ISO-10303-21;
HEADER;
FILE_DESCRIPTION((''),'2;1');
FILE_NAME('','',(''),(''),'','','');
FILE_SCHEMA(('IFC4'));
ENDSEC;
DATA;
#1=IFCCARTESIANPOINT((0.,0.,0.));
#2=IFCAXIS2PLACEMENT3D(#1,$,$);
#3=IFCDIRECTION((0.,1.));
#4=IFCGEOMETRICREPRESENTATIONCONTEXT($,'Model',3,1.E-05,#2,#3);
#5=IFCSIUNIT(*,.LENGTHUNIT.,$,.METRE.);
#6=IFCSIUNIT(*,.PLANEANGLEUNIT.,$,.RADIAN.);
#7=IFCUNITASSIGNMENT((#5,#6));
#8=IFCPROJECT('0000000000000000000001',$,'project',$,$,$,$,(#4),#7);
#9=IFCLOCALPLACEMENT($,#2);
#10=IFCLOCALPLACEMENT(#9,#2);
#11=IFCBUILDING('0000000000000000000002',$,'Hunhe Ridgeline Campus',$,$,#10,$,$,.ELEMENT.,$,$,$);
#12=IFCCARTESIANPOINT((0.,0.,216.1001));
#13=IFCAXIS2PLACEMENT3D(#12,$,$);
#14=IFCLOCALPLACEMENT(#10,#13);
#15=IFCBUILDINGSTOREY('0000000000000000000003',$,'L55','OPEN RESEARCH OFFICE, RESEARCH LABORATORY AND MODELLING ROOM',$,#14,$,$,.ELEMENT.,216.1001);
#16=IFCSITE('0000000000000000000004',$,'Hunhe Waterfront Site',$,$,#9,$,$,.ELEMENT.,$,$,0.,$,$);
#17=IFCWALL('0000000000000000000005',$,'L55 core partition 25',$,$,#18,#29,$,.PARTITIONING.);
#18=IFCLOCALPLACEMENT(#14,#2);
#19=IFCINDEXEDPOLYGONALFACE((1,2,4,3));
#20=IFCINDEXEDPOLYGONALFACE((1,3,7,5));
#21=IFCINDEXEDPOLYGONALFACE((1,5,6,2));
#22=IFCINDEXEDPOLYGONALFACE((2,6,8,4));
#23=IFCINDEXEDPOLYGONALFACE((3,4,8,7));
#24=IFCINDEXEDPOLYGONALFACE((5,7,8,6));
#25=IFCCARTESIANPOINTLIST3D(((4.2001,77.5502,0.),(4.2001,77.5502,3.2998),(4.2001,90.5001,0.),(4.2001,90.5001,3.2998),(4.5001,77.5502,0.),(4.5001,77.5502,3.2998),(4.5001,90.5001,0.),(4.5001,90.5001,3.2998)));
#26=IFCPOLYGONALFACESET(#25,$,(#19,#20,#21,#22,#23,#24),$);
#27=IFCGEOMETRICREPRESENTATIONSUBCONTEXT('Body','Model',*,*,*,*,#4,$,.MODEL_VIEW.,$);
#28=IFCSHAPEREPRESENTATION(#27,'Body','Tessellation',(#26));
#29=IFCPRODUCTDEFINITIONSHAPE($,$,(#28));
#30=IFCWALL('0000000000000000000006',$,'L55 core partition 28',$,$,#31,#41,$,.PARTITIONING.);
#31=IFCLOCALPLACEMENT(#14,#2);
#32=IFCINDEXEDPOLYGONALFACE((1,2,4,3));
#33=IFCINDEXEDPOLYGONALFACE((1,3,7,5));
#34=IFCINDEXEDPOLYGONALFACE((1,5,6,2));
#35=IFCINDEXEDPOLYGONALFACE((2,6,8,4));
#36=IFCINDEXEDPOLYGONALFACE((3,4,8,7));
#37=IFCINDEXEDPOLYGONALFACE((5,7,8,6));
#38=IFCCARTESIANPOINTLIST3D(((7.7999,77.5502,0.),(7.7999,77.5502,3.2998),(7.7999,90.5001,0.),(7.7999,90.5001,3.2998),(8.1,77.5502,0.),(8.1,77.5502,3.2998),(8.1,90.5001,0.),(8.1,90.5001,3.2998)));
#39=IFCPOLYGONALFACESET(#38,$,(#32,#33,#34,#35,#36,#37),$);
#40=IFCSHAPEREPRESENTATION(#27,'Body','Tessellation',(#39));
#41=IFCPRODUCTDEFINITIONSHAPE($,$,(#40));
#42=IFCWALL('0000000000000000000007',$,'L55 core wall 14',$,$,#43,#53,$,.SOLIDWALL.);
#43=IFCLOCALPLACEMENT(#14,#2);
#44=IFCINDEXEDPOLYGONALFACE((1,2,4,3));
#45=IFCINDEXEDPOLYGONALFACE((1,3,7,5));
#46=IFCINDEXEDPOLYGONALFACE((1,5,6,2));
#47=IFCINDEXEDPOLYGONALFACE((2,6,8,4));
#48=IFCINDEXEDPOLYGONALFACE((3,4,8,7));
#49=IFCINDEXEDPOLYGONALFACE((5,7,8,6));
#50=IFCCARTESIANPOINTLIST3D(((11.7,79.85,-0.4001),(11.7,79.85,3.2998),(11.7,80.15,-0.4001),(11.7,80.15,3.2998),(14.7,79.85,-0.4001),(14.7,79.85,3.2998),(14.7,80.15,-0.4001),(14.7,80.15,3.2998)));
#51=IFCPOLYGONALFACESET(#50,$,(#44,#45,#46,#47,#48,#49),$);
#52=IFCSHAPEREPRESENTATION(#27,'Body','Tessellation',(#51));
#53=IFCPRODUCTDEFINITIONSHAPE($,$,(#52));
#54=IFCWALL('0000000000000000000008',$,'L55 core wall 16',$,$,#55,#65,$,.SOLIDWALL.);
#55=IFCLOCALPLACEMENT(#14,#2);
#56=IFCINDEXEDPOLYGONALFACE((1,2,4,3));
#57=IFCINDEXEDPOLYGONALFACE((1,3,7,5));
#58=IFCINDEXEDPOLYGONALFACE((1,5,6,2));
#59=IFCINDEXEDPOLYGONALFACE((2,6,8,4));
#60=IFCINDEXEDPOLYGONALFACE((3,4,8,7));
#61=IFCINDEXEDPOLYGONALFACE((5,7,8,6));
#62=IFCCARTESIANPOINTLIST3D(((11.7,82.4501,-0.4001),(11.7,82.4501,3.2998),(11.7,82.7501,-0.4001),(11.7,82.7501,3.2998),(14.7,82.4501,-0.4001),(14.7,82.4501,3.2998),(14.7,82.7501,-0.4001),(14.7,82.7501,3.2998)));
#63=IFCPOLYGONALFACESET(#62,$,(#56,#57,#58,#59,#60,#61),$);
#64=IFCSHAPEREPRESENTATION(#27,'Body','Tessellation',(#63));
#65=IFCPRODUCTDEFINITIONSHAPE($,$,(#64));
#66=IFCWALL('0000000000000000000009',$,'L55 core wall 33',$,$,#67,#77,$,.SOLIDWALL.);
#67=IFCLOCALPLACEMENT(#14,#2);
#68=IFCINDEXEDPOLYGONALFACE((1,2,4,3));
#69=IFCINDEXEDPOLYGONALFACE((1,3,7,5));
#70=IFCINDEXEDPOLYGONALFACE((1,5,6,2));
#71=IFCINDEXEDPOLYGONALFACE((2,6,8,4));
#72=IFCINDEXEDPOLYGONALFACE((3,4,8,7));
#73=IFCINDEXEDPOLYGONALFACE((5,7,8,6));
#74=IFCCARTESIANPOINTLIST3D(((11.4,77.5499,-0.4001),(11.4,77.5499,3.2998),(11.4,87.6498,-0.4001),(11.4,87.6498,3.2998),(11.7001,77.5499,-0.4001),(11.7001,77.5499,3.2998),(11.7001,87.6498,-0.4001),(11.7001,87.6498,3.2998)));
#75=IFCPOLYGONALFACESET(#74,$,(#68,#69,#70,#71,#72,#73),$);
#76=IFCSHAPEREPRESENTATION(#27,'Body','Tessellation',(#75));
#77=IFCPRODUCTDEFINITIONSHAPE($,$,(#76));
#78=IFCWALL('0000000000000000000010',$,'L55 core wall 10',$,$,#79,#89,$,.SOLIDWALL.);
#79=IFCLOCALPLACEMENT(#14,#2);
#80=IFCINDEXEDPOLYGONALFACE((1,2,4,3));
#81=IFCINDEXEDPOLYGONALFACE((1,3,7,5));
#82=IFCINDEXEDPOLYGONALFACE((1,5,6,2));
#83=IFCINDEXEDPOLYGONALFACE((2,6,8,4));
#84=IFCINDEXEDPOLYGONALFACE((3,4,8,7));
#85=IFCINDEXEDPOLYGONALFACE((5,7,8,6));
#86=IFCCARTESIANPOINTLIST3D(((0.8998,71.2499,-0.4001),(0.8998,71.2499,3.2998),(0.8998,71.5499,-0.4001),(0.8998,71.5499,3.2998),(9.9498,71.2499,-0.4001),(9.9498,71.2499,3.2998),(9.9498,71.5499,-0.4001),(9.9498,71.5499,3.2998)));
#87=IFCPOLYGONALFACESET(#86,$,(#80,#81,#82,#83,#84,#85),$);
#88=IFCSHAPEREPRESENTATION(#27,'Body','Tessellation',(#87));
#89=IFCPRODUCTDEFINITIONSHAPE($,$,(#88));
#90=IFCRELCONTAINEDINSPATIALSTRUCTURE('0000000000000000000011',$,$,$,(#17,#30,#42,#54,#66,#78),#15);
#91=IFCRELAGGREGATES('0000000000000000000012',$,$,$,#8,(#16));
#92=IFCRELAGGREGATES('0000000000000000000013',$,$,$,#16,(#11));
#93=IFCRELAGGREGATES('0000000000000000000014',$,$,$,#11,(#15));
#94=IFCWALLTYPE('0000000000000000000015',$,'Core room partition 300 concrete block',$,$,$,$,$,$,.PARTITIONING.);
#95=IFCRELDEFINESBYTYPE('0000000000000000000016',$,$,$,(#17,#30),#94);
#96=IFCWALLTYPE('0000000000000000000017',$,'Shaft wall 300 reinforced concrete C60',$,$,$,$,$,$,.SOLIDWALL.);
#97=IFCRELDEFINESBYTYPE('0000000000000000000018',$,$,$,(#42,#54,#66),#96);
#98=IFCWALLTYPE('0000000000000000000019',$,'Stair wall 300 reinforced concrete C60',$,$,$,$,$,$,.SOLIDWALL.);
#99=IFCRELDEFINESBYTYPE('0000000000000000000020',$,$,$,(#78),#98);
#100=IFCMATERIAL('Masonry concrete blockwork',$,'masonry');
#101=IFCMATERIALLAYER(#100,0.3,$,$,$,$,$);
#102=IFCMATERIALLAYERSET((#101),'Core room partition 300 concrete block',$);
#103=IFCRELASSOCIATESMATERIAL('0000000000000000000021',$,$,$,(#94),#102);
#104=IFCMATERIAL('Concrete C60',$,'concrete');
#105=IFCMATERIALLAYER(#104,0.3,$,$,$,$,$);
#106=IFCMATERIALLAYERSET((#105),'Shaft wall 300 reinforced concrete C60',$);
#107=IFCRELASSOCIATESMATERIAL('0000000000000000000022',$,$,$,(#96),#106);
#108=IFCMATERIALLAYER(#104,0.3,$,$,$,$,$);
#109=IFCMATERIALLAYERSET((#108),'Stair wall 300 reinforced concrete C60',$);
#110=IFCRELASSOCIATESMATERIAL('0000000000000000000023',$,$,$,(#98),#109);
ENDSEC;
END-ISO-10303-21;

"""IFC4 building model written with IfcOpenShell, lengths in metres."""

from ifc_helpers import new_model, si_unit, direction, frame, frame_2d, origin, place, context, subcontext, project, spatial, rectangle, extrude, material, layer, layer_set, type_object, element, save


model = new_model("IFC4")

# Units and contexts
model_context = context("Model", 3, precision=1e-05, world=origin(), true_north=direction((0.0, 1.0)))
body_context = subcontext(model_context, "Body", "Model", "MODEL_VIEW")
ifc_project = project(units=[si_unit("LENGTHUNIT", "METRE"), si_unit("PLANEANGLEUNIT", "RADIAN")], contexts=[model_context])

# Site, building, storey
site_placement = place(None, origin())
site = spatial("IfcSite", under=ifc_project, at=site_placement, Name="Hunhe Waterfront Site", CompositionType="ELEMENT", RefElevation=0.0)
building_placement = place(site_placement, origin())
building = spatial("IfcBuilding", under=site, at=building_placement, Name="Hunhe Ridgeline Campus", CompositionType="ELEMENT")
storey_placement = place(building_placement, frame((0.0, 0.0, 216.1001)))
storey = spatial("IfcBuildingStorey", under=building, at=storey_placement, Name="L55", Description="OPEN RESEARCH OFFICE, RESEARCH LABORATORY AND MODELLING ROOM", CompositionType="ELEMENT", Elevation=216.1001)

# Shared definitions
ifc_material_1 = material(Name="Masonry concrete blockwork", Category="masonry")
ifc_layer_1 = layer(ifc_material_1, 0.3)
ifc_layer_set_1 = layer_set([ifc_layer_1], Name="Core room partition 300 concrete block")
wall_type_1 = type_object("IfcWallType", Name="Core room partition 300 concrete block", PredefinedType="PARTITIONING", material=ifc_layer_set_1)

# Walls
for number, where, z_axis, x_axis, name in (
    (1, (4.3501, 77.55, 0.0), (0.0, 0.0, 1.0), (0.0, 1.0, 0.0), "L55 core partition 25"),
    (2, (7.95, 77.55, 0.0), (0.0, 0.0, 1.0), (0.0, 1.0, 0.0), "L55 core partition 28"),
):
    element("IfcWall", number, at=place(storey_placement, frame(where, z_axis=z_axis, x_axis=x_axis)), inside=storey, type_object=wall_type_1, Name=name, PredefinedType="PARTITIONING", context=body_context, shape_type="SweptSolid", body=[
        extrude(rectangle(XDim=12.95, YDim=0.3, at=frame_2d((6.4751, 0.0))), origin(), (0.0, 0.0, 1.0), 3.2998),
    ])

# Shared definitions
ifc_material_2 = material(Name="Concrete C60", Category="concrete")
ifc_layer_2 = layer(ifc_material_2, 0.3)
ifc_layer_set_2 = layer_set([ifc_layer_2], Name="Shaft wall 300 reinforced concrete C60")
wall_type_2 = type_object("IfcWallType", Name="Shaft wall 300 reinforced concrete C60", PredefinedType="SOLIDWALL", material=ifc_layer_set_2)

# Walls
for number, where, z_axis, x_axis, name in (
    (3, (11.7, 80.0, -0.4001), (0.0, 0.0, 1.0), (1.0, 0.0, 0.0), "L55 core wall 14"),
    (4, (11.7, 82.6001, -0.4001), (0.0, 0.0, 1.0), (1.0, 0.0, 0.0), "L55 core wall 16"),
):
    element("IfcWall", number, at=place(storey_placement, frame(where, z_axis=z_axis, x_axis=x_axis)), inside=storey, type_object=wall_type_2, Name=name, PredefinedType="SOLIDWALL", context=body_context, shape_type="SweptSolid", body=[
        extrude(rectangle(XDim=3.0, YDim=0.3, at=frame_2d((1.5, 0.0))), origin(), (0.0, 0.0, 1.0), 3.7),
    ])
wall_1_placement = place(storey_placement, frame((11.55, 77.55, -0.4001), z_axis=(0.0, 0.0, 1.0), x_axis=(0.0, 1.0, 0.0)))
element("IfcWall", 5, at=wall_1_placement, inside=storey, type_object=wall_type_2, Name="L55 core wall 33", PredefinedType="SOLIDWALL", context=body_context, shape_type="SweptSolid", body=[
    extrude(rectangle(XDim=10.0999, YDim=0.3, at=frame_2d((5.0498, 0.0))), origin(), (0.0, 0.0, 1.0), 3.7),
])
ifc_layer_3 = layer(ifc_material_2, 0.3)
ifc_layer_set_3 = layer_set([ifc_layer_3], Name="Stair wall 300 reinforced concrete C60")
wall_type_3 = type_object("IfcWallType", Name="Stair wall 300 reinforced concrete C60", PredefinedType="SOLIDWALL", material=ifc_layer_set_3)
wall_2_placement = place(storey_placement, frame((0.8999, 71.3999, -0.4001), z_axis=(0.0, 0.0, 1.0), x_axis=(1.0, 0.0, 0.0)))
element("IfcWall", 6, at=wall_2_placement, inside=storey, type_object=wall_type_3, Name="L55 core wall 10", PredefinedType="SOLIDWALL", context=body_context, shape_type="SweptSolid", body=[
    extrude(rectangle(XDim=9.05, YDim=0.3, at=frame_2d((4.5249, 0.0))), origin(), (0.0, 0.0, 1.0), 3.7),
])

save(model, "model.ifc")
